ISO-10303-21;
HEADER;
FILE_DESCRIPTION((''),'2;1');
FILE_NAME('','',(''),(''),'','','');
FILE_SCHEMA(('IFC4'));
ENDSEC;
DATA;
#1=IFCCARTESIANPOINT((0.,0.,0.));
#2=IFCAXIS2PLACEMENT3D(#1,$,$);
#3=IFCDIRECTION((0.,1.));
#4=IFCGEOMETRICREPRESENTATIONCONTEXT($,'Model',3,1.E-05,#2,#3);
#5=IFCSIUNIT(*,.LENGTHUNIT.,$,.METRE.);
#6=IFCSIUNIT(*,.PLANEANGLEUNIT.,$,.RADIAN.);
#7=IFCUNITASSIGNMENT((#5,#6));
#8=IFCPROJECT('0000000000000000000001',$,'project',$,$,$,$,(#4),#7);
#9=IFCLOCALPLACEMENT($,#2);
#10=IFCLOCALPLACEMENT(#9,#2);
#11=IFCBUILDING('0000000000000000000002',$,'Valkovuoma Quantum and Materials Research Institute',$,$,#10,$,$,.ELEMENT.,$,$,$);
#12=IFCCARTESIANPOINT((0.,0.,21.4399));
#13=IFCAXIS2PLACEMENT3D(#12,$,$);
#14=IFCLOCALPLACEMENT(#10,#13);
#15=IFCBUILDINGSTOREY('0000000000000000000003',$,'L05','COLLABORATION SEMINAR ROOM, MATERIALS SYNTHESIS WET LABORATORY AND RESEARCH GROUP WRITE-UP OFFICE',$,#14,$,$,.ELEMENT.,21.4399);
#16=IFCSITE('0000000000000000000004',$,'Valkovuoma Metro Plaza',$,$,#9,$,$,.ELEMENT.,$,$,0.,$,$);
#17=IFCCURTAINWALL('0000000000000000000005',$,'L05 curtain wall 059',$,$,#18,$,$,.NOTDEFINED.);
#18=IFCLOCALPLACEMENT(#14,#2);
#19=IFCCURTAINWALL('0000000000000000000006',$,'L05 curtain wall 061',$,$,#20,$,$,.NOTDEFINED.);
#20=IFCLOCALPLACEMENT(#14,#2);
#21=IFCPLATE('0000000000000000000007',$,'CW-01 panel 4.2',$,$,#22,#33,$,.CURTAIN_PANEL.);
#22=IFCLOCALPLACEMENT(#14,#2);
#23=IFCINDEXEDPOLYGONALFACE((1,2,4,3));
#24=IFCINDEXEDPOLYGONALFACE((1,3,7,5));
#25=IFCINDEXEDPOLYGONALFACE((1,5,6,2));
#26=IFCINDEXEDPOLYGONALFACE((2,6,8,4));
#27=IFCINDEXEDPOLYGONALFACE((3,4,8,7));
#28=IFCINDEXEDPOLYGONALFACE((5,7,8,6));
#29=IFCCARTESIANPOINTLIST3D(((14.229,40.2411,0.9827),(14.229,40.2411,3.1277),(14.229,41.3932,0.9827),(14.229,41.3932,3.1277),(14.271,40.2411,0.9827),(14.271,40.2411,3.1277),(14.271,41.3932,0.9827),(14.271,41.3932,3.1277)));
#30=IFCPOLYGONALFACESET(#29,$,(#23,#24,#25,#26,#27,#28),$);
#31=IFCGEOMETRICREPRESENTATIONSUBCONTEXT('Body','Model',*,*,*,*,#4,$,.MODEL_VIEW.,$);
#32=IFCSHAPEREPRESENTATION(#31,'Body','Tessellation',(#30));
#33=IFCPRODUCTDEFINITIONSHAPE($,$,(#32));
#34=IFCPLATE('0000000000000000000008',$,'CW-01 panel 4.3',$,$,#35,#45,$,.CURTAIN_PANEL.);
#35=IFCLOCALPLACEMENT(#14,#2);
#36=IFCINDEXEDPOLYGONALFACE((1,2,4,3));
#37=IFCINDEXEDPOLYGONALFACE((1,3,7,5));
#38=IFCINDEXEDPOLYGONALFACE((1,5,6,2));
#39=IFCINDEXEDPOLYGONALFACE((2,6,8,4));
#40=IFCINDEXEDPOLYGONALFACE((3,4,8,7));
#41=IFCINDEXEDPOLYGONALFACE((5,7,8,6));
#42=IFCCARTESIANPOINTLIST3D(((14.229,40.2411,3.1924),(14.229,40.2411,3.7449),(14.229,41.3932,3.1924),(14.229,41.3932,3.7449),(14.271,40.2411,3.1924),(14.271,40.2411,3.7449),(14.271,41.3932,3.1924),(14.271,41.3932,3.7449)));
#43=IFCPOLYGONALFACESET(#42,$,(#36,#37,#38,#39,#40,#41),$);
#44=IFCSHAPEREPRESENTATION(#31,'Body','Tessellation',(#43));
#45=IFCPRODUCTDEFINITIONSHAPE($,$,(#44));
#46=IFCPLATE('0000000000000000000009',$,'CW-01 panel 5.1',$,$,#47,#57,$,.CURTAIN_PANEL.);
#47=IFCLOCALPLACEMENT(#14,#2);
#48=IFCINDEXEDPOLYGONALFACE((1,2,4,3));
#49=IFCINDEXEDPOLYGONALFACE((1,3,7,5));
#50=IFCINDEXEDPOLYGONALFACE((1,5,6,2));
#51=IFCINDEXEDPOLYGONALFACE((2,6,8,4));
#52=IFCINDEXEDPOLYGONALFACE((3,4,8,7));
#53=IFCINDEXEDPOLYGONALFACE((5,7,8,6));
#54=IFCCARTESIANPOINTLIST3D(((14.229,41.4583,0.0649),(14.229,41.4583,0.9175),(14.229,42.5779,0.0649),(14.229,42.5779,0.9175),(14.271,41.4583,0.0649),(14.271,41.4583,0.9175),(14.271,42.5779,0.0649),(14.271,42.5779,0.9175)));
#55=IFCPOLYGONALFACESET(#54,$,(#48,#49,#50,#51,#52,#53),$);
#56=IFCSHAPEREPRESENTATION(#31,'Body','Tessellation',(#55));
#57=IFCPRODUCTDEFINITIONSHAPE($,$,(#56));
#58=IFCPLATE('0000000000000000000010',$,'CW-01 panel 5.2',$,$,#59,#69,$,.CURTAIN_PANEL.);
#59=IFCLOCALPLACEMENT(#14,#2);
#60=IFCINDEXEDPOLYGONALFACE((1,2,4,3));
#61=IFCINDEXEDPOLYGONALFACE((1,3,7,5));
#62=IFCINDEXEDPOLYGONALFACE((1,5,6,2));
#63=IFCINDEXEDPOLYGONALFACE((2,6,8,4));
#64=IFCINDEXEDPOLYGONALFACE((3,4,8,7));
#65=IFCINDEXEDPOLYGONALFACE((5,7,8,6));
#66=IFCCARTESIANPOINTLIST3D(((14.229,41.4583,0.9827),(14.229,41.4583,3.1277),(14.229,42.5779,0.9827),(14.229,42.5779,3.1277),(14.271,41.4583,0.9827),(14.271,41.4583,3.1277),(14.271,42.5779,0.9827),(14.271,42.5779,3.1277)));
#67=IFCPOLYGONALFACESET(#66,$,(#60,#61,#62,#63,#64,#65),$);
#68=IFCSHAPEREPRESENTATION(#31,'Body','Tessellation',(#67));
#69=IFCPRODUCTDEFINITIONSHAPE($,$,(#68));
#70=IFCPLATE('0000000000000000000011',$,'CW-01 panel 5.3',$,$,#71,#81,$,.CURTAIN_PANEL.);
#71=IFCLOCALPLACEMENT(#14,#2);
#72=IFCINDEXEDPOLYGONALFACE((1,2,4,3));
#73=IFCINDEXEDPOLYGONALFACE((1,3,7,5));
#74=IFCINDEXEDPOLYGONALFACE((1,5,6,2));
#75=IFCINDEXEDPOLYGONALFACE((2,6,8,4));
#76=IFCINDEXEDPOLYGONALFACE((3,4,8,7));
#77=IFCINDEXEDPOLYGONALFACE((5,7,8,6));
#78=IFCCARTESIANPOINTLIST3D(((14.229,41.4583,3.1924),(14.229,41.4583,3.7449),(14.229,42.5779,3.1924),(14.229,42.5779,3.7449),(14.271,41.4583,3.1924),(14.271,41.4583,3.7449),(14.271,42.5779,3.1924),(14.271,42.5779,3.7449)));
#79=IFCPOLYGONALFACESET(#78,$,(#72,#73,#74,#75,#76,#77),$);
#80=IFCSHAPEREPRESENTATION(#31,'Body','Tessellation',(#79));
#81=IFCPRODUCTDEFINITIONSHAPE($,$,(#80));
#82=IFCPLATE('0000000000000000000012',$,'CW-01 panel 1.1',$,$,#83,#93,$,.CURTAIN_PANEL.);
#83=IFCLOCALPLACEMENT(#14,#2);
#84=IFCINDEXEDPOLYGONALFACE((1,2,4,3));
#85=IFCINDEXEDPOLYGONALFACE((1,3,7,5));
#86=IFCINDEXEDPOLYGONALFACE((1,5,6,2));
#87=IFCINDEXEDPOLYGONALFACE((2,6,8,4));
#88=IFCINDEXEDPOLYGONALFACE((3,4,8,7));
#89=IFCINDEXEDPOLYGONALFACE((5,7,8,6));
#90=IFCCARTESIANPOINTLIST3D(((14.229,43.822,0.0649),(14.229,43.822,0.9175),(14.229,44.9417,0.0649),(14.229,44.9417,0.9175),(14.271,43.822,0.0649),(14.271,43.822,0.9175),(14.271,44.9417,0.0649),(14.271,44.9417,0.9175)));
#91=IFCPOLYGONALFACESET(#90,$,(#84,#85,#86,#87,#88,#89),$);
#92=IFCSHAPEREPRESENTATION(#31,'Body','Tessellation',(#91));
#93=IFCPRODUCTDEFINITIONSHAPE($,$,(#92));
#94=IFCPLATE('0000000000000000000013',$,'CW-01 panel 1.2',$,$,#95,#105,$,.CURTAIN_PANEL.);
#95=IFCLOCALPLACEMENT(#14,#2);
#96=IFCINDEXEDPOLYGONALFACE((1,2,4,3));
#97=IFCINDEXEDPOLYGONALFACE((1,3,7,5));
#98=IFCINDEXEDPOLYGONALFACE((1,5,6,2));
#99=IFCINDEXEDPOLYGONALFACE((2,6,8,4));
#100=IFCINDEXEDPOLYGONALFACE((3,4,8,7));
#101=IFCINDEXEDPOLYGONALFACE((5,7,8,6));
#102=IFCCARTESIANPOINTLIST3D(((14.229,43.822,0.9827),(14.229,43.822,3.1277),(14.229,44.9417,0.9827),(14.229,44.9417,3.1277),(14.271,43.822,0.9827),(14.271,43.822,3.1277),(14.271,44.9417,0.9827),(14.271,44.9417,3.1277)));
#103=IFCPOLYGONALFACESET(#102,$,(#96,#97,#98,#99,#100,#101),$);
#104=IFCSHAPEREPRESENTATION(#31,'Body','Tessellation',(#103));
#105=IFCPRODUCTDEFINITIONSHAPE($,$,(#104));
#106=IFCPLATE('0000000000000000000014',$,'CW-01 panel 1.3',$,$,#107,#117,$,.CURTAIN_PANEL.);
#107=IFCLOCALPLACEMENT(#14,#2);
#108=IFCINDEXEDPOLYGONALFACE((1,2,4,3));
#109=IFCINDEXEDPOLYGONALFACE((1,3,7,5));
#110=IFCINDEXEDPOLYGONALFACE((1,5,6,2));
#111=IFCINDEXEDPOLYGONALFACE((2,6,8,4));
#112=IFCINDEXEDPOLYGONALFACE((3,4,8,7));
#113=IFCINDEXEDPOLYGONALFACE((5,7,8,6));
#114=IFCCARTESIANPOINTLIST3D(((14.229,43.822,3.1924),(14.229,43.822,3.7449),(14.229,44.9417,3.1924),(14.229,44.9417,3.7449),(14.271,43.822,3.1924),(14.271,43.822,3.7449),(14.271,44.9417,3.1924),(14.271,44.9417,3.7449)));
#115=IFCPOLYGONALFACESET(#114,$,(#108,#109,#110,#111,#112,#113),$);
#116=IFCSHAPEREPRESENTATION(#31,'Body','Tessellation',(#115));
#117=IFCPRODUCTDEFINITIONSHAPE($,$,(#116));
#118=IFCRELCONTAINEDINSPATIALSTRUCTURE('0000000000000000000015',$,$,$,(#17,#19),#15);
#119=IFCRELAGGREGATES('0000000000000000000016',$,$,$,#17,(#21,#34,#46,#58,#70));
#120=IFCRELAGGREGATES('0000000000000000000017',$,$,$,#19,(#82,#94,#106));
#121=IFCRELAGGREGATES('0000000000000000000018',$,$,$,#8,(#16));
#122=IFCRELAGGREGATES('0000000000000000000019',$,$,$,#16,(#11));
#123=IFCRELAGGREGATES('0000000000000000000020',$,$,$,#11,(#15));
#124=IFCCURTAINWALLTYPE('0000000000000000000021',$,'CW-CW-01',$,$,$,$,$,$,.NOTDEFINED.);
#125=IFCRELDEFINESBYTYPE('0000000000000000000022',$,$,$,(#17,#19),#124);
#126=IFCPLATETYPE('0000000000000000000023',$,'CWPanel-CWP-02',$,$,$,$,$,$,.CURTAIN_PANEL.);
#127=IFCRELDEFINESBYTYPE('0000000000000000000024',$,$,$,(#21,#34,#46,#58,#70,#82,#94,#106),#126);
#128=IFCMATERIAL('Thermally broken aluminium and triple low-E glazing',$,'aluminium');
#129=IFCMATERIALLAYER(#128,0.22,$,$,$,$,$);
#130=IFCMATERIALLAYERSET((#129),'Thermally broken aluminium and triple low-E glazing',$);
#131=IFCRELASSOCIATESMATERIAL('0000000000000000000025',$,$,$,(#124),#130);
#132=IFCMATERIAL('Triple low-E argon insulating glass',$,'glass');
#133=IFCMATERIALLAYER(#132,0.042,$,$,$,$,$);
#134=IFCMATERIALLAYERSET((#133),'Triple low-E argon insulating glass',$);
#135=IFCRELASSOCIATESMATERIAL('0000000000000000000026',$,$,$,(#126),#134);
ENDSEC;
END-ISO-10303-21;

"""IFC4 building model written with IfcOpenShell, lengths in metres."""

from ifc_helpers import new_model, si_unit, direction, frame, origin, origin_2d, place, context, subcontext, project, spatial, rectangle, extrude, material, layer, layer_set, type_object, element, aggregate, save


model = new_model("IFC4")

# Units and contexts
model_context = context("Model", 3, precision=1e-05, world=origin(), true_north=direction((0.0, 1.0)))
body_context = subcontext(model_context, "Body", "Model", "MODEL_VIEW")
ifc_project = project(units=[si_unit("LENGTHUNIT", "METRE"), si_unit("PLANEANGLEUNIT", "RADIAN")], contexts=[model_context])

# Site, building, storey
site_placement = place(None, origin())
site = spatial("IfcSite", under=ifc_project, at=site_placement, Name="Valkovuoma Metro Plaza", CompositionType="ELEMENT", RefElevation=0.0)
building_placement = place(site_placement, origin())
building = spatial("IfcBuilding", under=site, at=building_placement, Name="Valkovuoma Quantum and Materials Research Institute", CompositionType="ELEMENT")
storey_placement = place(building_placement, frame((0.0, 0.0, 21.4399)))
storey = spatial("IfcBuildingStorey", under=building, at=storey_placement, Name="L05", Description="COLLABORATION SEMINAR ROOM, MATERIALS SYNTHESIS WET LABORATORY AND RESEARCH GROUP WRITE-UP OFFICE", CompositionType="ELEMENT", Elevation=21.4399)

# Curtain walls
ifc_material_1 = material(Name="Thermally broken aluminium and triple low-E glazing", Category="aluminium")
ifc_layer_1 = layer(ifc_material_1, 0.22)
ifc_layer_set_1 = layer_set([ifc_layer_1], Name="Thermally broken aluminium and triple low-E glazing")
curtain_wall_type = type_object("IfcCurtainWallType", Name="CW-CW-01", PredefinedType="NOTDEFINED", material=ifc_layer_set_1)
curtain_wall_1_placement = place(storey_placement, origin())
curtain_wall_1 = element("IfcCurtainWall", 1, at=curtain_wall_1_placement, inside=storey, type_object=curtain_wall_type, Name="L05 curtain wall 059", PredefinedType="NOTDEFINED")
curtain_wall_2_placement = place(storey_placement, origin())
curtain_wall_2 = element("IfcCurtainWall", 2, at=curtain_wall_2_placement, inside=storey, type_object=curtain_wall_type, Name="L05 curtain wall 061", PredefinedType="NOTDEFINED")

# Plates
ifc_material_2 = material(Name="Triple low-E argon insulating glass", Category="glass")
ifc_layer_2 = layer(ifc_material_2, 0.042)
ifc_layer_set_2 = layer_set([ifc_layer_2], Name="Triple low-E argon insulating glass")
plate_type = type_object("IfcPlateType", Name="CWPanel-CWP-02", PredefinedType="CURTAIN_PANEL", material=ifc_layer_set_2)
plate_1_placement = place(storey_placement, frame((14.25, 40.8171, 0.9827), z_axis=(0.0, 0.0, 1.0), x_axis=(0.0, 1.0, 0.0)))
plate_1 = element("IfcPlate", 3, at=plate_1_placement, type_object=plate_type, Name="CW-01 panel 4.2", PredefinedType="CURTAIN_PANEL", context=body_context, shape_type="SweptSolid", body=[
    extrude(rectangle(XDim=1.1521, YDim=0.042, at=origin_2d()), origin(), (0.0, 0.0, 1.0), 2.145),
])
plate_2_placement = place(storey_placement, frame((14.25, 40.8171, 3.1924), z_axis=(0.0, 0.0, 1.0), x_axis=(0.0, 1.0, 0.0)))
plate_2 = element("IfcPlate", 4, at=plate_2_placement, type_object=plate_type, Name="CW-01 panel 4.3", PredefinedType="CURTAIN_PANEL", context=body_context, shape_type="SweptSolid", body=[
    extrude(rectangle(XDim=1.1521, YDim=0.042, at=origin_2d()), origin(), (0.0, 0.0, 1.0), 0.5525),
])
plate_3_placement = place(storey_placement, frame((14.25, 42.0181, 0.0649), z_axis=(0.0, 0.0, 1.0), x_axis=(0.0, 1.0, 0.0)))
plate_3 = element("IfcPlate", 5, at=plate_3_placement, type_object=plate_type, Name="CW-01 panel 5.1", PredefinedType="CURTAIN_PANEL", context=body_context, shape_type="SweptSolid", body=[
    extrude(rectangle(XDim=1.1196, YDim=0.042, at=origin_2d()), origin(), (0.0, 0.0, 1.0), 0.8525),
])
plate_4_placement = place(storey_placement, frame((14.25, 42.0181, 0.9827), z_axis=(0.0, 0.0, 1.0), x_axis=(0.0, 1.0, 0.0)))
plate_4 = element("IfcPlate", 6, at=plate_4_placement, type_object=plate_type, Name="CW-01 panel 5.2", PredefinedType="CURTAIN_PANEL", context=body_context, shape_type="SweptSolid", body=[
    extrude(rectangle(XDim=1.1196, YDim=0.042, at=origin_2d()), origin(), (0.0, 0.0, 1.0), 2.145),
])
plate_5_placement = place(storey_placement, frame((14.25, 42.0181, 3.1924), z_axis=(0.0, 0.0, 1.0), x_axis=(0.0, 1.0, 0.0)))
plate_5 = element("IfcPlate", 7, at=plate_5_placement, type_object=plate_type, Name="CW-01 panel 5.3", PredefinedType="CURTAIN_PANEL", context=body_context, shape_type="SweptSolid", body=[
    extrude(rectangle(XDim=1.1196, YDim=0.042, at=origin_2d()), origin(), (0.0, 0.0, 1.0), 0.5525),
])
aggregate(curtain_wall_1, [plate_1, plate_2, plate_3, plate_4, plate_5])
plate_6_placement = place(storey_placement, frame((14.25, 44.3818, 0.0649), z_axis=(0.0, 0.0, 1.0), x_axis=(0.0, 1.0, 0.0)))
plate_6 = element("IfcPlate", 8, at=plate_6_placement, type_object=plate_type, Name="CW-01 panel 1.1", PredefinedType="CURTAIN_PANEL", context=body_context, shape_type="SweptSolid", body=[
    extrude(rectangle(XDim=1.1196, YDim=0.042, at=origin_2d()), origin(), (0.0, 0.0, 1.0), 0.8525),
])
plate_7_placement = place(storey_placement, frame((14.25, 44.3818, 0.9827), z_axis=(0.0, 0.0, 1.0), x_axis=(0.0, 1.0, 0.0)))
plate_7 = element("IfcPlate", 9, at=plate_7_placement, type_object=plate_type, Name="CW-01 panel 1.2", PredefinedType="CURTAIN_PANEL", context=body_context, shape_type="SweptSolid", body=[
    extrude(rectangle(XDim=1.1196, YDim=0.042, at=origin_2d()), origin(), (0.0, 0.0, 1.0), 2.145),
])
plate_8_placement = place(storey_placement, frame((14.25, 44.3818, 3.1924), z_axis=(0.0, 0.0, 1.0), x_axis=(0.0, 1.0, 0.0)))
plate_8 = element("IfcPlate", 10, at=plate_8_placement, type_object=plate_type, Name="CW-01 panel 1.3", PredefinedType="CURTAIN_PANEL", context=body_context, shape_type="SweptSolid", body=[
    extrude(rectangle(XDim=1.1196, YDim=0.042, at=origin_2d()), origin(), (0.0, 0.0, 1.0), 0.5525),
])
aggregate(curtain_wall_2, [plate_6, plate_7, plate_8])

save(model, "model.ifc")
